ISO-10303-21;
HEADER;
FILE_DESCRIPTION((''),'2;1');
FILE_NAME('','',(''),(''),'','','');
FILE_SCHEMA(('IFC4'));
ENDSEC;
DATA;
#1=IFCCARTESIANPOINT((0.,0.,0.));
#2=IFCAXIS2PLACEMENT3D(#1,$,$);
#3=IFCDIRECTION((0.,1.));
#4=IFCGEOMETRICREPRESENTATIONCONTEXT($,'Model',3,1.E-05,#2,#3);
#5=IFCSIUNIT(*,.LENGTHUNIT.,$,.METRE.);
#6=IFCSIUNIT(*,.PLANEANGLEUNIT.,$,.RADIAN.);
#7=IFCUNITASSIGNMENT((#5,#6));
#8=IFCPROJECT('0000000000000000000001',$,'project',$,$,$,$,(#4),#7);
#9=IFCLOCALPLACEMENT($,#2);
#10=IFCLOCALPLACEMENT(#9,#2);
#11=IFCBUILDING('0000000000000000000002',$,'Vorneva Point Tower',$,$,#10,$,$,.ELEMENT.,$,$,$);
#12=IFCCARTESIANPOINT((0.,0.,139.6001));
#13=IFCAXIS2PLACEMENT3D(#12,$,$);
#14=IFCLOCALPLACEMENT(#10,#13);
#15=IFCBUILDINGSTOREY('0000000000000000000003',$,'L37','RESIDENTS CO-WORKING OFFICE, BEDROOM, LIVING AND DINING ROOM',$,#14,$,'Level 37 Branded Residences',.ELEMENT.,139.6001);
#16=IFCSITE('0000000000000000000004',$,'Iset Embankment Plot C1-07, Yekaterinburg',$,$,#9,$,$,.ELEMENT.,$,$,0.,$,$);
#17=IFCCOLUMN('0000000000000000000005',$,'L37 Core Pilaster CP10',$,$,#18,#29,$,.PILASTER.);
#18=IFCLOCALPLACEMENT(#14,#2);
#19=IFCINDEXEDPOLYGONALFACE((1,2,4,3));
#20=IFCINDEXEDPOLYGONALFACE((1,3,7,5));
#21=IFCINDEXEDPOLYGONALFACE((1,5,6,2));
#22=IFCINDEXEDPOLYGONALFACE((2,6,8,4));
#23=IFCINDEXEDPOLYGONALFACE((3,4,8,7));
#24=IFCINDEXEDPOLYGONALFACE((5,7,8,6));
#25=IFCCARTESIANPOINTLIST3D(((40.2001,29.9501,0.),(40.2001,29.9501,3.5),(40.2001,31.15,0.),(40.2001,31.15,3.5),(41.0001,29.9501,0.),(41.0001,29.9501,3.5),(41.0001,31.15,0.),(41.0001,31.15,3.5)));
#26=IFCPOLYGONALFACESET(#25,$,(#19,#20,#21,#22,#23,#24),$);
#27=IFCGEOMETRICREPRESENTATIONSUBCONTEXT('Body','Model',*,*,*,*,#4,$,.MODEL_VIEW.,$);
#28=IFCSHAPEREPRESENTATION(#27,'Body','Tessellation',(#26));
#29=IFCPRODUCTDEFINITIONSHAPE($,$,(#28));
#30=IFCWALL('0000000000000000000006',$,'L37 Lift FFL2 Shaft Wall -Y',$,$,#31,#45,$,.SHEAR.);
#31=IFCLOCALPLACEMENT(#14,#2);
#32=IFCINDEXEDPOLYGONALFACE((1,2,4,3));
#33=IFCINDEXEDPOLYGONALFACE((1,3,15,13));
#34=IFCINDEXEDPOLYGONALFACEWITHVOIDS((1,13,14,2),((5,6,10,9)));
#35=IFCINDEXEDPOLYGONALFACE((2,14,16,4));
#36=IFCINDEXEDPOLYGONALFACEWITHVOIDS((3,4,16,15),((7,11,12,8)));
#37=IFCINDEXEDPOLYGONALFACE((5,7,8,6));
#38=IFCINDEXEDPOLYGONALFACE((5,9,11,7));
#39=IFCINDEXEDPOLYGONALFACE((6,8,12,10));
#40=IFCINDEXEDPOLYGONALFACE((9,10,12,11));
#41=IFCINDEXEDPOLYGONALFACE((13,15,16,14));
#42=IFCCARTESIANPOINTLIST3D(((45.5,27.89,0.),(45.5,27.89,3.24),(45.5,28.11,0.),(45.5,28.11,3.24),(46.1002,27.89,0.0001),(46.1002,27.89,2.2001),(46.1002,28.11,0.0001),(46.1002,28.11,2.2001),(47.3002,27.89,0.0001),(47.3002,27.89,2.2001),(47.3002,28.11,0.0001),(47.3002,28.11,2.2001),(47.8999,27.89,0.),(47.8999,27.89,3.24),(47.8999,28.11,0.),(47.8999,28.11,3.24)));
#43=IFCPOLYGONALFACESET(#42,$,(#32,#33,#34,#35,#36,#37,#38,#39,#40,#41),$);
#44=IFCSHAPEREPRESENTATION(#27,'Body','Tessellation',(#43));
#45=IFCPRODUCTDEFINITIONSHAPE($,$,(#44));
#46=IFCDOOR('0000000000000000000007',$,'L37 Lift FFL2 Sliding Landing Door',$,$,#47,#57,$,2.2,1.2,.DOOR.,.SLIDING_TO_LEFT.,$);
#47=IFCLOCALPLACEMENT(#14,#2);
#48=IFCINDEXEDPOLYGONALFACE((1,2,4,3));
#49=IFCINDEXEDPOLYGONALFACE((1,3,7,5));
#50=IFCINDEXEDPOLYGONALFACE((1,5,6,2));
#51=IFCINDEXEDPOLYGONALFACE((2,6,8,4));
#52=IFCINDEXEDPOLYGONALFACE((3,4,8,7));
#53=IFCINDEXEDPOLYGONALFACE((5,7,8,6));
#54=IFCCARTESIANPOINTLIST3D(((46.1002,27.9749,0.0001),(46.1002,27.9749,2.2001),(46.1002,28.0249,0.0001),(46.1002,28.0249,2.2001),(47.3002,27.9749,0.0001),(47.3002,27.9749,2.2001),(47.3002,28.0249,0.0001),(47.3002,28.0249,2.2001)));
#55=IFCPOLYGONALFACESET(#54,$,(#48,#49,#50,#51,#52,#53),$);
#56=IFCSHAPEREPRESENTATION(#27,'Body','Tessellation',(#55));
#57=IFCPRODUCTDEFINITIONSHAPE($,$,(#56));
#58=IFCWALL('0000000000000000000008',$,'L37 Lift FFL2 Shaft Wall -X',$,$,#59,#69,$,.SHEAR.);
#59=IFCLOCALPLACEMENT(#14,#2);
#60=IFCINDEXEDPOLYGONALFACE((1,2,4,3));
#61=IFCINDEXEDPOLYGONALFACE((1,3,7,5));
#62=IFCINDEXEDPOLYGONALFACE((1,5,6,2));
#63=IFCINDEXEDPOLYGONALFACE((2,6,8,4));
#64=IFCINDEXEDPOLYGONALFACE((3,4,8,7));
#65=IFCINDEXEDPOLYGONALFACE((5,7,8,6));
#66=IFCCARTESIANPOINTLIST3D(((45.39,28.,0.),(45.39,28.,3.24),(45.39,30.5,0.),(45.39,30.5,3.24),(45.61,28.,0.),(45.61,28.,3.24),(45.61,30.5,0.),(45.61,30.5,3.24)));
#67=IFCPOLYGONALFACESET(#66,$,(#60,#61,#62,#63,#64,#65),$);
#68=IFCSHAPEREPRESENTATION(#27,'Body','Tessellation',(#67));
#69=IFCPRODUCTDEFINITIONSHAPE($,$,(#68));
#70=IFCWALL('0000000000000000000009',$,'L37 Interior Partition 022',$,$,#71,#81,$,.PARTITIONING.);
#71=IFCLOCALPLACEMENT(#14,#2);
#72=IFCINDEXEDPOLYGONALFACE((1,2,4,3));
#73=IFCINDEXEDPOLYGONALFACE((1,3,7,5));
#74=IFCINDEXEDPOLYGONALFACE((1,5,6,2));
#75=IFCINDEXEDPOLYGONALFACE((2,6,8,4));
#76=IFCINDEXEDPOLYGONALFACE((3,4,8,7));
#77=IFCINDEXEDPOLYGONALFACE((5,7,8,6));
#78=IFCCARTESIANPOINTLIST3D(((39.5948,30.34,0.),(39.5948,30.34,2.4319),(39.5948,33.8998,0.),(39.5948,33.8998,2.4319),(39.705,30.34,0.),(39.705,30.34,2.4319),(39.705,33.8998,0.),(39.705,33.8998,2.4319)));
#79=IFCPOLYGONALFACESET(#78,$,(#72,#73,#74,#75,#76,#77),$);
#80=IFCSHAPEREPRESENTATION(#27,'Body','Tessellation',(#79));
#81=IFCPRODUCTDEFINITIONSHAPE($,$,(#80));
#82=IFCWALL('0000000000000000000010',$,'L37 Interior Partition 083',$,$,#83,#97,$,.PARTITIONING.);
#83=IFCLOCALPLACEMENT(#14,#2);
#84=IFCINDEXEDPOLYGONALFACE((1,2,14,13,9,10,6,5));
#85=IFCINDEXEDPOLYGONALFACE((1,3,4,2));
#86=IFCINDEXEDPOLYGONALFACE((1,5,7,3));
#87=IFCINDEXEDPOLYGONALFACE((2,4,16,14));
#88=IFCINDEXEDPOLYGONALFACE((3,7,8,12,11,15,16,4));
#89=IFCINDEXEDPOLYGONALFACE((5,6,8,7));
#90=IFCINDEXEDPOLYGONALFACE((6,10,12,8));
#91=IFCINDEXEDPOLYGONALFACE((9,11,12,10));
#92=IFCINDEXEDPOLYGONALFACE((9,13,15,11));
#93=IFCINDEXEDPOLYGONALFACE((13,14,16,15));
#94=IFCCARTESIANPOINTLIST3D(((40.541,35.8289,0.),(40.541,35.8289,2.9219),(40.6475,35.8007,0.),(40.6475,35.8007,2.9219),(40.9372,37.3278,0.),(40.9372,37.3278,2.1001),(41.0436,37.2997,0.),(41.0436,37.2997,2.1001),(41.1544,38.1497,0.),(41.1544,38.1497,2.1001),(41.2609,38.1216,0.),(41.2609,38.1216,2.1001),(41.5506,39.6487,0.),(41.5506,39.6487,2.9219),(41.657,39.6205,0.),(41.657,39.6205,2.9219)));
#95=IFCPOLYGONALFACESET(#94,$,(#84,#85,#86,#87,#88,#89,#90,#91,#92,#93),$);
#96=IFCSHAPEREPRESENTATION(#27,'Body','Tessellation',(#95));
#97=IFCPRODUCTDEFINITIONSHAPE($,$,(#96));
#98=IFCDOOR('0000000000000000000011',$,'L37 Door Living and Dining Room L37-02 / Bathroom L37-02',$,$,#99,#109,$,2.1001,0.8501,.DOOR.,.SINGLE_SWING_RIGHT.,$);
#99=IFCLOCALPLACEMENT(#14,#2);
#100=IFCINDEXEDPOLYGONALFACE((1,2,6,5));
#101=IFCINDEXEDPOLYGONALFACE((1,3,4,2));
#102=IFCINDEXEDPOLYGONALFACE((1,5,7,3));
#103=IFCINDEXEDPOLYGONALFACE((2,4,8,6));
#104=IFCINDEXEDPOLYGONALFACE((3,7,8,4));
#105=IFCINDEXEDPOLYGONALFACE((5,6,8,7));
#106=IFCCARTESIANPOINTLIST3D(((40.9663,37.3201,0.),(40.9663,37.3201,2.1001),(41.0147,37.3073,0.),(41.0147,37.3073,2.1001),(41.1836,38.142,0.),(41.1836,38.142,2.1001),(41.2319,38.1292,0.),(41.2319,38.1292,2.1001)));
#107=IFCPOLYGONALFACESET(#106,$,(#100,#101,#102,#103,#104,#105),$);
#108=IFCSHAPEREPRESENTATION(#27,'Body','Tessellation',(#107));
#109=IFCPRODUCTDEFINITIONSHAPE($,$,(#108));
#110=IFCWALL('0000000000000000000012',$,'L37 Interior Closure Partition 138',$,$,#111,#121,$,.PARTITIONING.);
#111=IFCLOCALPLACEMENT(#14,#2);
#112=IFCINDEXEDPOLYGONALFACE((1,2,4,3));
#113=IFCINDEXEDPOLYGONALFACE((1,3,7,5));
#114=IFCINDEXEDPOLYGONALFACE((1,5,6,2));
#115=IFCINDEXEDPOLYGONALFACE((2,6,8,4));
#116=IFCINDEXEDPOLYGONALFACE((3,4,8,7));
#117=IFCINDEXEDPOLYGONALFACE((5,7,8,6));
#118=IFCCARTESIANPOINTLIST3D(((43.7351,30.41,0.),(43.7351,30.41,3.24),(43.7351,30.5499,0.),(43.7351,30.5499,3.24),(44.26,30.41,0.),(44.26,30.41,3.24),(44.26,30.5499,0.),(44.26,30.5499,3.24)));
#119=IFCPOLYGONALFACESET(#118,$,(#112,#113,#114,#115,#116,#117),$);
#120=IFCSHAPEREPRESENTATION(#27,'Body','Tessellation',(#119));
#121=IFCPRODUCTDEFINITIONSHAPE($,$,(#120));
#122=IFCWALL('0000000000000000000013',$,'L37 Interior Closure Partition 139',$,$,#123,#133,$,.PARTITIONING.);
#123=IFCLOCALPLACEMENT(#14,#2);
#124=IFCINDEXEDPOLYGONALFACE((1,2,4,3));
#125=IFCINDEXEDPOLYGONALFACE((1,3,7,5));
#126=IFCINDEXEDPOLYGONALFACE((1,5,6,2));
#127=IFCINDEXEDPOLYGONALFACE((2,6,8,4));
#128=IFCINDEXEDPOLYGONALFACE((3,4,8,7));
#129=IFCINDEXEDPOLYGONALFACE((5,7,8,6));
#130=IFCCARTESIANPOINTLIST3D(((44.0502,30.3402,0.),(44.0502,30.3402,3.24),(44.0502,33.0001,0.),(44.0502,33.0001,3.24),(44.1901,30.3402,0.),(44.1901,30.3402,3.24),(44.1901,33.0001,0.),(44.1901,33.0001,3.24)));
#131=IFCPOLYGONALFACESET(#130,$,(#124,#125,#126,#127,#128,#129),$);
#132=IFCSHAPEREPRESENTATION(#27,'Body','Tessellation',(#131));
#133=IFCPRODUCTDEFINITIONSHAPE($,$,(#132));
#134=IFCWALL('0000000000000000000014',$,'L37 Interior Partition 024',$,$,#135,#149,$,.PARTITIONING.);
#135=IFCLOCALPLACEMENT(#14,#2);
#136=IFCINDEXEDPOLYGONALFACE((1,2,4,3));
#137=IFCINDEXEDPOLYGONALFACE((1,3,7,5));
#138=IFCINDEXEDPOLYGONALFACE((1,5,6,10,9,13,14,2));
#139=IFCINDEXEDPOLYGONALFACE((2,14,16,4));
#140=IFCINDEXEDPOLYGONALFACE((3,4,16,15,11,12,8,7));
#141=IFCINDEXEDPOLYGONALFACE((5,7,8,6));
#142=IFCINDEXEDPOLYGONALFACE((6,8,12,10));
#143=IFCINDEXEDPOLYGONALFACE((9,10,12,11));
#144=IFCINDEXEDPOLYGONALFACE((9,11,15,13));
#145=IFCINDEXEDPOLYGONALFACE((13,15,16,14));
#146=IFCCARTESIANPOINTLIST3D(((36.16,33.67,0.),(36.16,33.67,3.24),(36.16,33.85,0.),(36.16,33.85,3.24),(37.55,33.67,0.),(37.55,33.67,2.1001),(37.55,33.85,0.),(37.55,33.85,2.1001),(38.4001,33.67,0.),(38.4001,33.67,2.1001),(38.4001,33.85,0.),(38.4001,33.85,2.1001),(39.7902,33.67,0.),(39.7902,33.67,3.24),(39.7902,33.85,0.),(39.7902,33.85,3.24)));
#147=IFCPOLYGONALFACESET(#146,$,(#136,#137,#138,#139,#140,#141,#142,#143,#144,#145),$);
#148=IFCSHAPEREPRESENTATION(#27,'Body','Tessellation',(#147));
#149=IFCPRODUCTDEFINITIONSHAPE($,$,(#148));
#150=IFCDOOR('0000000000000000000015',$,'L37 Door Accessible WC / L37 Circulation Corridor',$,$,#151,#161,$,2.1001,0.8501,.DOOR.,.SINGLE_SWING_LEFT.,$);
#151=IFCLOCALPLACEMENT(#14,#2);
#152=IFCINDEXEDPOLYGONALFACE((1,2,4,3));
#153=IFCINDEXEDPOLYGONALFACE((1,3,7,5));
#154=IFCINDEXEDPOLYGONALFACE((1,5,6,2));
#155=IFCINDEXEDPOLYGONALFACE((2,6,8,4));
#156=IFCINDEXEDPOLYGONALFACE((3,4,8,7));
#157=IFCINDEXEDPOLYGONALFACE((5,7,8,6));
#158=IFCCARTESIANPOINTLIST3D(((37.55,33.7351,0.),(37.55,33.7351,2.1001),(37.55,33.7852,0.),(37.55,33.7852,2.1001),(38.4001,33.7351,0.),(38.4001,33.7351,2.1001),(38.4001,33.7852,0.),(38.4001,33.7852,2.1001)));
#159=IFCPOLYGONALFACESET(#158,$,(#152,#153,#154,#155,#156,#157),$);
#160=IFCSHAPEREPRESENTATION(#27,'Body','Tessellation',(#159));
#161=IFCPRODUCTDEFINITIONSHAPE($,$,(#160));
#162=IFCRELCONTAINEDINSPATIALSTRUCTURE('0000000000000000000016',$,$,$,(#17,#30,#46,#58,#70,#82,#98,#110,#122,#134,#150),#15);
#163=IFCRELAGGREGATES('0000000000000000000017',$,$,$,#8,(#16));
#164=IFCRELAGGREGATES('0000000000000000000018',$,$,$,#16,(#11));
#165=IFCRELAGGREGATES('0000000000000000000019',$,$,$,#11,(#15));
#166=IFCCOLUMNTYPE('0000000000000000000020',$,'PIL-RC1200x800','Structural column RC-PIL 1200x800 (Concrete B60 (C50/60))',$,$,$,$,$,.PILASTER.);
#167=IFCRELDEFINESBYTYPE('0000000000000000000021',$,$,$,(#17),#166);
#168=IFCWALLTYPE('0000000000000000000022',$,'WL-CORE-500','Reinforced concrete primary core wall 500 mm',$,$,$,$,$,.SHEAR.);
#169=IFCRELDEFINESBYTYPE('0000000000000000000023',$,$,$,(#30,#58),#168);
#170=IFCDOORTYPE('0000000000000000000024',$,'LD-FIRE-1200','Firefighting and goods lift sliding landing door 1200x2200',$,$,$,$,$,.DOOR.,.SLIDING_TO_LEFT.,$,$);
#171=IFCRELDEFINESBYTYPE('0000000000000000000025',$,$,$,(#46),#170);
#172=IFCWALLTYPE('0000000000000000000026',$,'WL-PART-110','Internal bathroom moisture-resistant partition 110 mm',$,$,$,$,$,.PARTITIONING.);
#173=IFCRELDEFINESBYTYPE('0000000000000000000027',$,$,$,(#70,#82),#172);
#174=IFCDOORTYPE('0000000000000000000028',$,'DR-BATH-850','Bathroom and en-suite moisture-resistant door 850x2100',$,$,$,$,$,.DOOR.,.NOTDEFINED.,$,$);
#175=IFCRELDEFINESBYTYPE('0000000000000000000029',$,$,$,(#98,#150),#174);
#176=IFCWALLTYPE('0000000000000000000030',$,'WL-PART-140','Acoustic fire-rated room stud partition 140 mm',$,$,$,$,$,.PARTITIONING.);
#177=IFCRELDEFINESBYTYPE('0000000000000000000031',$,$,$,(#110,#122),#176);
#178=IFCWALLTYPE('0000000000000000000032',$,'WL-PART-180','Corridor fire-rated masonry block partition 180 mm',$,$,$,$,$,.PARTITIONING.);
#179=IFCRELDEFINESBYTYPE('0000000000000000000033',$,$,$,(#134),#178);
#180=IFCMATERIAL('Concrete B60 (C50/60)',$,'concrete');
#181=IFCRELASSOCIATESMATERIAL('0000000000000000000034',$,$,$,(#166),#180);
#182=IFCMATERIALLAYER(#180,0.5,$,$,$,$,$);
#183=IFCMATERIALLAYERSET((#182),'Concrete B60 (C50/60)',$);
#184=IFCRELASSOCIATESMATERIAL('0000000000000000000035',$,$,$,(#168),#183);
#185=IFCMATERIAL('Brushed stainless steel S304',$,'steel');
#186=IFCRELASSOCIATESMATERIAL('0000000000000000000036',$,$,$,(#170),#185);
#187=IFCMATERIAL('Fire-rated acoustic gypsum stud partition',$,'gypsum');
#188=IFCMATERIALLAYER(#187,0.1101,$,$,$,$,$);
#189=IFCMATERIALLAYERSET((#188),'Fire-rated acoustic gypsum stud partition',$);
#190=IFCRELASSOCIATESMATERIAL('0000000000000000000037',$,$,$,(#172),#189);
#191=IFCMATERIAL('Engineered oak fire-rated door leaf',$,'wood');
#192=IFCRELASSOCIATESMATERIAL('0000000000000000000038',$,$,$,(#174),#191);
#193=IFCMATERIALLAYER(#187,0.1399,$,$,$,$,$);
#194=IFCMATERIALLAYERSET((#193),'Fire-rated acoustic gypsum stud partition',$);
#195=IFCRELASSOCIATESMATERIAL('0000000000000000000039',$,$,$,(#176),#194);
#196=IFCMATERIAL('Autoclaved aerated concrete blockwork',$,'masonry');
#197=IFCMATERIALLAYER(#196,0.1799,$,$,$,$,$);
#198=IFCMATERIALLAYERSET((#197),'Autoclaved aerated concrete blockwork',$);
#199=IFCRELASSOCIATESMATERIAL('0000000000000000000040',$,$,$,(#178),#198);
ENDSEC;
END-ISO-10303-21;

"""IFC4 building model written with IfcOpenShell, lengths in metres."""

from ifc_helpers import new_model, si_unit, direction, frame, frame_2d, origin, origin_2d, place, context, subcontext, project, spatial, rectangle, extrude, material, layer, layer_set, material_profile, profile_set, type_object, element, fill, save


model = new_model("IFC4")

# Units and contexts
model_context = context("Model", 3, precision=1e-05, world=origin(), true_north=direction((0.0, 1.0)))
body_context = subcontext(model_context, "Body", "Model", "MODEL_VIEW")
ifc_project = project(units=[si_unit("LENGTHUNIT", "METRE"), si_unit("PLANEANGLEUNIT", "RADIAN")], contexts=[model_context])

# Site, building, storey
site_placement = place(None, origin())
site = spatial("IfcSite", under=ifc_project, at=site_placement, Name="Iset Embankment Plot C1-07, Yekaterinburg", CompositionType="ELEMENT", RefElevation=0.0)
building_placement = place(site_placement, origin())
building = spatial("IfcBuilding", under=site, at=building_placement, Name="Vorneva Point Tower", CompositionType="ELEMENT")
storey_placement = place(building_placement, frame((0.0, 0.0, 139.6001)))
storey = spatial("IfcBuildingStorey", under=building, at=storey_placement, Name="L37", Description="RESIDENTS CO-WORKING OFFICE, BEDROOM, LIVING AND DINING ROOM", LongName="Level 37 Branded Residences", CompositionType="ELEMENT", Elevation=139.6001)

# Column
ifc_material_1 = material(Name="Concrete B60 (C50/60)", Category="concrete")
ifc_material_profile = material_profile(ifc_material_1, rectangle(XDim=0.8, YDim=1.2, at=origin_2d()), Name="RC-PIL 1200x800")
ifc_profile_set = profile_set([ifc_material_profile], Name="Concrete B60 (C50/60)")
column_type = type_object("IfcColumnType", Name="PIL-RC1200x800", Description="Structural column RC-PIL 1200x800 (Concrete B60 (C50/60))", PredefinedType="PILASTER", material=ifc_profile_set)
column_placement = place(storey_placement, frame((40.6001, 30.55, 0.0), z_axis=(0.0, 0.0, 1.0), x_axis=(1.0, 0.0, 0.0)))
element("IfcColumn", 1, at=column_placement, inside=storey, type_object=column_type, Name="L37 Core Pilaster CP10", PredefinedType="PILASTER", context=body_context, shape_type="SweptSolid", body=[
    extrude(rectangle(XDim=0.8, YDim=1.2, at=origin_2d()), origin(), (0.0, 0.0, 1.0), 3.5),
])

# Wall, opening, door
ifc_layer_1 = layer(ifc_material_1, 0.5)
ifc_layer_set_1 = layer_set([ifc_layer_1], Name="Concrete B60 (C50/60)")
wall_type_1 = type_object("IfcWallType", Name="WL-CORE-500", Description="Reinforced concrete primary core wall 500 mm", PredefinedType="SHEAR", material=ifc_layer_set_1)
wall_1_placement = place(storey_placement, frame((45.5, 28.0, 0.0), z_axis=(0.0, 0.0, 1.0), x_axis=(1.0, 0.0, 0.0)))
wall_1 = element("IfcWall", 2, at=wall_1_placement, inside=storey, type_object=wall_type_1, Name="L37 Lift FFL2 Shaft Wall -Y", PredefinedType="SHEAR", context=body_context, shape_type="SweptSolid", body=[
    extrude(rectangle(XDim=2.3999, YDim=0.22, at=frame_2d((1.2, 0.0))), origin(), (0.0, 0.0, 1.0), 3.24),
])
opening_1_placement = place(wall_1_placement, frame((0.6001, 0.0, 0.0)))
opening_1 = element("IfcOpeningElement", 3, at=opening_1_placement, cuts=wall_1, PredefinedType="OPENING", context=body_context, shape_type="SweptSolid", body=[
    extrude(rectangle(XDim=1.2, YDim=2.2, at=frame_2d((0.6001, 1.1001))), frame((0.0, 0.125, 0.0), z_axis=(0.0, -1.0, 0.0), x_axis=(1.0, 0.0, 0.0)), (0.0, 0.0, 1.0), 0.2498),
])
ifc_material_2 = material(Name="Brushed stainless steel S304", Category="steel")
door_type_1 = type_object("IfcDoorType", Name="LD-FIRE-1200", Description="Firefighting and goods lift sliding landing door 1200x2200", OperationType="SLIDING_TO_LEFT", PredefinedType="DOOR", material=ifc_material_2)
door_1_placement = place(opening_1_placement, origin())
door_1 = element("IfcDoor", 4, at=door_1_placement, inside=storey, type_object=door_type_1, Name="L37 Lift FFL2 Sliding Landing Door", OperationType="SLIDING_TO_LEFT", OverallHeight=2.2, OverallWidth=1.2, PredefinedType="DOOR", context=body_context, shape_type="SweptSolid", body=[
    extrude(rectangle(XDim=1.2, YDim=2.2, at=frame_2d((0.6001, 1.1001))), frame((0.0, 0.0249, 0.0), z_axis=(0.0, -1.0, 0.0), x_axis=(1.0, 0.0, 0.0)), (0.0, 0.0, 1.0), 0.05),
])
fill(opening_1, door_1)

# Walls
wall_2_placement = place(storey_placement, frame((45.5, 30.5, 0.0), z_axis=(0.0, 0.0, 1.0), x_axis=(0.0, -1.0, 0.0)))
element("IfcWall", 5, at=wall_2_placement, inside=storey, type_object=wall_type_1, Name="L37 Lift FFL2 Shaft Wall -X", PredefinedType="SHEAR", context=body_context, shape_type="SweptSolid", body=[
    extrude(rectangle(XDim=2.5, YDim=0.22, at=frame_2d((1.25, 0.0))), origin(), (0.0, 0.0, 1.0), 3.24),
])
ifc_material_3 = material(Name="Fire-rated acoustic gypsum stud partition", Category="gypsum")
ifc_layer_2 = layer(ifc_material_3, 0.1101)
ifc_layer_set_2 = layer_set([ifc_layer_2], Name="Fire-rated acoustic gypsum stud partition")
wall_type_2 = type_object("IfcWallType", Name="WL-PART-110", Description="Internal bathroom moisture-resistant partition 110 mm", PredefinedType="PARTITIONING", material=ifc_layer_set_2)
wall_3_placement = place(storey_placement, frame((39.6499, 30.3401, 0.0), z_axis=(0.0, 0.0, 1.0), x_axis=(0.0, 1.0, 0.0)))
element("IfcWall", 6, at=wall_3_placement, inside=storey, type_object=wall_type_2, Name="L37 Interior Partition 022", PredefinedType="PARTITIONING", context=body_context, shape_type="SweptSolid", body=[
    extrude(rectangle(XDim=3.5598, YDim=0.1101, at=frame_2d((1.7798, 0.0))), origin(), (0.0, 0.0, 1.0), 2.4319),
])

# Wall, opening, door
wall_4_placement = place(storey_placement, frame((40.5942, 35.8147, 0.0), z_axis=(0.0, 0.0, 1.0), x_axis=(0.255512, 0.966806, 0.0)))
wall_4 = element("IfcWall", 7, at=wall_4_placement, inside=storey, type_object=wall_type_2, Name="L37 Interior Partition 083", PredefinedType="PARTITIONING", context=body_context, shape_type="SweptSolid", body=[
    extrude(rectangle(XDim=3.9509, YDim=0.1101, at=frame_2d((1.9756, 0.0))), origin(), (0.0, 0.0, 1.0), 2.9219),
])
opening_2_placement = place(wall_4_placement, frame((1.5505, 0.0, 0.0)))
opening_2 = element("IfcOpeningElement", 8, at=opening_2_placement, cuts=wall_4, PredefinedType="OPENING", context=body_context, shape_type="SweptSolid", body=[
    extrude(rectangle(XDim=0.8501, YDim=2.1001, at=frame_2d((0.425, 1.05))), frame((0.0, 0.0698, 0.0), z_axis=(0.0, -1.0, 0.0), x_axis=(1.0, 0.0, 0.0)), (0.0, 0.0, 1.0), 0.1399),
])
ifc_material_4 = material(Name="Engineered oak fire-rated door leaf", Category="wood")
door_type_2 = type_object("IfcDoorType", Name="DR-BATH-850", Description="Bathroom and en-suite moisture-resistant door 850x2100", OperationType="NOTDEFINED", PredefinedType="DOOR", material=ifc_material_4)
door_2_placement = place(opening_2_placement, origin())
door_2 = element("IfcDoor", 9, at=door_2_placement, inside=storey, type_object=door_type_2, Name="L37 Door Living and Dining Room L37-02 / Bathroom L37-02", OperationType="SINGLE_SWING_RIGHT", OverallHeight=2.1001, OverallWidth=0.8501, PredefinedType="DOOR", context=body_context, shape_type="SweptSolid", body=[
    extrude(rectangle(XDim=0.8501, YDim=2.1001, at=frame_2d((0.425, 1.05))), frame((0.0, 0.0249, 0.0), z_axis=(0.0, -1.0, 0.0), x_axis=(1.0, 0.0, 0.0)), (0.0, 0.0, 1.0), 0.05),
])
fill(opening_2, door_2)

# Walls
ifc_layer_3 = layer(ifc_material_3, 0.1399)
ifc_layer_set_3 = layer_set([ifc_layer_3], Name="Fire-rated acoustic gypsum stud partition")
wall_type_3 = type_object("IfcWallType", Name="WL-PART-140", Description="Acoustic fire-rated room stud partition 140 mm", PredefinedType="PARTITIONING", material=ifc_layer_set_3)
wall_5_placement = place(storey_placement, frame((43.7351, 30.48, 0.0), z_axis=(0.0, 0.0, 1.0), x_axis=(1.0, 0.0, 0.0)))
element("IfcWall", 10, at=wall_5_placement, inside=storey, type_object=wall_type_3, Name="L37 Interior Closure Partition 138", PredefinedType="PARTITIONING", context=body_context, shape_type="SweptSolid", body=[
    extrude(rectangle(XDim=0.5249, YDim=0.1399, at=frame_2d((0.2625, 0.0))), origin(), (0.0, 0.0, 1.0), 3.24),
])
wall_6_placement = place(storey_placement, frame((44.1201, 30.3401, 0.0), z_axis=(0.0, 0.0, 1.0), x_axis=(0.0, 1.0, 0.0)))
element("IfcWall", 11, at=wall_6_placement, inside=storey, type_object=wall_type_3, Name="L37 Interior Closure Partition 139", PredefinedType="PARTITIONING", context=body_context, shape_type="SweptSolid", body=[
    extrude(rectangle(XDim=2.6599, YDim=0.1399, at=frame_2d((1.3301, 0.0))), origin(), (0.0, 0.0, 1.0), 3.24),
])

# Wall, opening, door
ifc_material_5 = material(Name="Autoclaved aerated concrete blockwork", Category="masonry")
ifc_layer_4 = layer(ifc_material_5, 0.1799)
ifc_layer_set_4 = layer_set([ifc_layer_4], Name="Autoclaved aerated concrete blockwork")
wall_type_4 = type_object("IfcWallType", Name="WL-PART-180", Description="Corridor fire-rated masonry block partition 180 mm", PredefinedType="PARTITIONING", material=ifc_layer_set_4)
wall_7_placement = place(storey_placement, frame((39.79, 33.76, 0.0), z_axis=(0.0, 0.0, 1.0), x_axis=(-1.0, 0.0, 0.0)))
wall_7 = element("IfcWall", 12, at=wall_7_placement, inside=storey, type_object=wall_type_4, Name="L37 Interior Partition 024", PredefinedType="PARTITIONING", context=body_context, shape_type="SweptSolid", body=[
    extrude(rectangle(XDim=3.6301, YDim=0.1799, at=frame_2d((1.8149, 0.0))), origin(), (0.0, 0.0, 1.0), 3.24),
])
opening_3_placement = place(wall_7_placement, frame((1.3899, 0.0, 0.0)))
opening_3 = element("IfcOpeningElement", 13, at=opening_3_placement, cuts=wall_7, PredefinedType="OPENING", context=body_context, shape_type="SweptSolid", body=[
    extrude(rectangle(XDim=0.8501, YDim=2.1001, at=frame_2d((0.425, 1.05))), frame((0.0, 0.105, 0.0), z_axis=(0.0, -1.0, 0.0), x_axis=(1.0, 0.0, 0.0)), (0.0, 0.0, 1.0), 0.2097),
])
door_3_placement = place(opening_3_placement, origin())
door_3 = element("IfcDoor", 14, at=door_3_placement, inside=storey, type_object=door_type_2, Name="L37 Door Accessible WC / L37 Circulation Corridor", OperationType="SINGLE_SWING_LEFT", OverallHeight=2.1001, OverallWidth=0.8501, PredefinedType="DOOR", context=body_context, shape_type="SweptSolid", body=[
    extrude(rectangle(XDim=0.8501, YDim=2.1001, at=frame_2d((0.425, 1.05))), frame((0.0, 0.0249, 0.0), z_axis=(0.0, -1.0, 0.0), x_axis=(1.0, 0.0, 0.0)), (0.0, 0.0, 1.0), 0.05),
])
fill(opening_3, door_3)

save(model, "model.ifc")
